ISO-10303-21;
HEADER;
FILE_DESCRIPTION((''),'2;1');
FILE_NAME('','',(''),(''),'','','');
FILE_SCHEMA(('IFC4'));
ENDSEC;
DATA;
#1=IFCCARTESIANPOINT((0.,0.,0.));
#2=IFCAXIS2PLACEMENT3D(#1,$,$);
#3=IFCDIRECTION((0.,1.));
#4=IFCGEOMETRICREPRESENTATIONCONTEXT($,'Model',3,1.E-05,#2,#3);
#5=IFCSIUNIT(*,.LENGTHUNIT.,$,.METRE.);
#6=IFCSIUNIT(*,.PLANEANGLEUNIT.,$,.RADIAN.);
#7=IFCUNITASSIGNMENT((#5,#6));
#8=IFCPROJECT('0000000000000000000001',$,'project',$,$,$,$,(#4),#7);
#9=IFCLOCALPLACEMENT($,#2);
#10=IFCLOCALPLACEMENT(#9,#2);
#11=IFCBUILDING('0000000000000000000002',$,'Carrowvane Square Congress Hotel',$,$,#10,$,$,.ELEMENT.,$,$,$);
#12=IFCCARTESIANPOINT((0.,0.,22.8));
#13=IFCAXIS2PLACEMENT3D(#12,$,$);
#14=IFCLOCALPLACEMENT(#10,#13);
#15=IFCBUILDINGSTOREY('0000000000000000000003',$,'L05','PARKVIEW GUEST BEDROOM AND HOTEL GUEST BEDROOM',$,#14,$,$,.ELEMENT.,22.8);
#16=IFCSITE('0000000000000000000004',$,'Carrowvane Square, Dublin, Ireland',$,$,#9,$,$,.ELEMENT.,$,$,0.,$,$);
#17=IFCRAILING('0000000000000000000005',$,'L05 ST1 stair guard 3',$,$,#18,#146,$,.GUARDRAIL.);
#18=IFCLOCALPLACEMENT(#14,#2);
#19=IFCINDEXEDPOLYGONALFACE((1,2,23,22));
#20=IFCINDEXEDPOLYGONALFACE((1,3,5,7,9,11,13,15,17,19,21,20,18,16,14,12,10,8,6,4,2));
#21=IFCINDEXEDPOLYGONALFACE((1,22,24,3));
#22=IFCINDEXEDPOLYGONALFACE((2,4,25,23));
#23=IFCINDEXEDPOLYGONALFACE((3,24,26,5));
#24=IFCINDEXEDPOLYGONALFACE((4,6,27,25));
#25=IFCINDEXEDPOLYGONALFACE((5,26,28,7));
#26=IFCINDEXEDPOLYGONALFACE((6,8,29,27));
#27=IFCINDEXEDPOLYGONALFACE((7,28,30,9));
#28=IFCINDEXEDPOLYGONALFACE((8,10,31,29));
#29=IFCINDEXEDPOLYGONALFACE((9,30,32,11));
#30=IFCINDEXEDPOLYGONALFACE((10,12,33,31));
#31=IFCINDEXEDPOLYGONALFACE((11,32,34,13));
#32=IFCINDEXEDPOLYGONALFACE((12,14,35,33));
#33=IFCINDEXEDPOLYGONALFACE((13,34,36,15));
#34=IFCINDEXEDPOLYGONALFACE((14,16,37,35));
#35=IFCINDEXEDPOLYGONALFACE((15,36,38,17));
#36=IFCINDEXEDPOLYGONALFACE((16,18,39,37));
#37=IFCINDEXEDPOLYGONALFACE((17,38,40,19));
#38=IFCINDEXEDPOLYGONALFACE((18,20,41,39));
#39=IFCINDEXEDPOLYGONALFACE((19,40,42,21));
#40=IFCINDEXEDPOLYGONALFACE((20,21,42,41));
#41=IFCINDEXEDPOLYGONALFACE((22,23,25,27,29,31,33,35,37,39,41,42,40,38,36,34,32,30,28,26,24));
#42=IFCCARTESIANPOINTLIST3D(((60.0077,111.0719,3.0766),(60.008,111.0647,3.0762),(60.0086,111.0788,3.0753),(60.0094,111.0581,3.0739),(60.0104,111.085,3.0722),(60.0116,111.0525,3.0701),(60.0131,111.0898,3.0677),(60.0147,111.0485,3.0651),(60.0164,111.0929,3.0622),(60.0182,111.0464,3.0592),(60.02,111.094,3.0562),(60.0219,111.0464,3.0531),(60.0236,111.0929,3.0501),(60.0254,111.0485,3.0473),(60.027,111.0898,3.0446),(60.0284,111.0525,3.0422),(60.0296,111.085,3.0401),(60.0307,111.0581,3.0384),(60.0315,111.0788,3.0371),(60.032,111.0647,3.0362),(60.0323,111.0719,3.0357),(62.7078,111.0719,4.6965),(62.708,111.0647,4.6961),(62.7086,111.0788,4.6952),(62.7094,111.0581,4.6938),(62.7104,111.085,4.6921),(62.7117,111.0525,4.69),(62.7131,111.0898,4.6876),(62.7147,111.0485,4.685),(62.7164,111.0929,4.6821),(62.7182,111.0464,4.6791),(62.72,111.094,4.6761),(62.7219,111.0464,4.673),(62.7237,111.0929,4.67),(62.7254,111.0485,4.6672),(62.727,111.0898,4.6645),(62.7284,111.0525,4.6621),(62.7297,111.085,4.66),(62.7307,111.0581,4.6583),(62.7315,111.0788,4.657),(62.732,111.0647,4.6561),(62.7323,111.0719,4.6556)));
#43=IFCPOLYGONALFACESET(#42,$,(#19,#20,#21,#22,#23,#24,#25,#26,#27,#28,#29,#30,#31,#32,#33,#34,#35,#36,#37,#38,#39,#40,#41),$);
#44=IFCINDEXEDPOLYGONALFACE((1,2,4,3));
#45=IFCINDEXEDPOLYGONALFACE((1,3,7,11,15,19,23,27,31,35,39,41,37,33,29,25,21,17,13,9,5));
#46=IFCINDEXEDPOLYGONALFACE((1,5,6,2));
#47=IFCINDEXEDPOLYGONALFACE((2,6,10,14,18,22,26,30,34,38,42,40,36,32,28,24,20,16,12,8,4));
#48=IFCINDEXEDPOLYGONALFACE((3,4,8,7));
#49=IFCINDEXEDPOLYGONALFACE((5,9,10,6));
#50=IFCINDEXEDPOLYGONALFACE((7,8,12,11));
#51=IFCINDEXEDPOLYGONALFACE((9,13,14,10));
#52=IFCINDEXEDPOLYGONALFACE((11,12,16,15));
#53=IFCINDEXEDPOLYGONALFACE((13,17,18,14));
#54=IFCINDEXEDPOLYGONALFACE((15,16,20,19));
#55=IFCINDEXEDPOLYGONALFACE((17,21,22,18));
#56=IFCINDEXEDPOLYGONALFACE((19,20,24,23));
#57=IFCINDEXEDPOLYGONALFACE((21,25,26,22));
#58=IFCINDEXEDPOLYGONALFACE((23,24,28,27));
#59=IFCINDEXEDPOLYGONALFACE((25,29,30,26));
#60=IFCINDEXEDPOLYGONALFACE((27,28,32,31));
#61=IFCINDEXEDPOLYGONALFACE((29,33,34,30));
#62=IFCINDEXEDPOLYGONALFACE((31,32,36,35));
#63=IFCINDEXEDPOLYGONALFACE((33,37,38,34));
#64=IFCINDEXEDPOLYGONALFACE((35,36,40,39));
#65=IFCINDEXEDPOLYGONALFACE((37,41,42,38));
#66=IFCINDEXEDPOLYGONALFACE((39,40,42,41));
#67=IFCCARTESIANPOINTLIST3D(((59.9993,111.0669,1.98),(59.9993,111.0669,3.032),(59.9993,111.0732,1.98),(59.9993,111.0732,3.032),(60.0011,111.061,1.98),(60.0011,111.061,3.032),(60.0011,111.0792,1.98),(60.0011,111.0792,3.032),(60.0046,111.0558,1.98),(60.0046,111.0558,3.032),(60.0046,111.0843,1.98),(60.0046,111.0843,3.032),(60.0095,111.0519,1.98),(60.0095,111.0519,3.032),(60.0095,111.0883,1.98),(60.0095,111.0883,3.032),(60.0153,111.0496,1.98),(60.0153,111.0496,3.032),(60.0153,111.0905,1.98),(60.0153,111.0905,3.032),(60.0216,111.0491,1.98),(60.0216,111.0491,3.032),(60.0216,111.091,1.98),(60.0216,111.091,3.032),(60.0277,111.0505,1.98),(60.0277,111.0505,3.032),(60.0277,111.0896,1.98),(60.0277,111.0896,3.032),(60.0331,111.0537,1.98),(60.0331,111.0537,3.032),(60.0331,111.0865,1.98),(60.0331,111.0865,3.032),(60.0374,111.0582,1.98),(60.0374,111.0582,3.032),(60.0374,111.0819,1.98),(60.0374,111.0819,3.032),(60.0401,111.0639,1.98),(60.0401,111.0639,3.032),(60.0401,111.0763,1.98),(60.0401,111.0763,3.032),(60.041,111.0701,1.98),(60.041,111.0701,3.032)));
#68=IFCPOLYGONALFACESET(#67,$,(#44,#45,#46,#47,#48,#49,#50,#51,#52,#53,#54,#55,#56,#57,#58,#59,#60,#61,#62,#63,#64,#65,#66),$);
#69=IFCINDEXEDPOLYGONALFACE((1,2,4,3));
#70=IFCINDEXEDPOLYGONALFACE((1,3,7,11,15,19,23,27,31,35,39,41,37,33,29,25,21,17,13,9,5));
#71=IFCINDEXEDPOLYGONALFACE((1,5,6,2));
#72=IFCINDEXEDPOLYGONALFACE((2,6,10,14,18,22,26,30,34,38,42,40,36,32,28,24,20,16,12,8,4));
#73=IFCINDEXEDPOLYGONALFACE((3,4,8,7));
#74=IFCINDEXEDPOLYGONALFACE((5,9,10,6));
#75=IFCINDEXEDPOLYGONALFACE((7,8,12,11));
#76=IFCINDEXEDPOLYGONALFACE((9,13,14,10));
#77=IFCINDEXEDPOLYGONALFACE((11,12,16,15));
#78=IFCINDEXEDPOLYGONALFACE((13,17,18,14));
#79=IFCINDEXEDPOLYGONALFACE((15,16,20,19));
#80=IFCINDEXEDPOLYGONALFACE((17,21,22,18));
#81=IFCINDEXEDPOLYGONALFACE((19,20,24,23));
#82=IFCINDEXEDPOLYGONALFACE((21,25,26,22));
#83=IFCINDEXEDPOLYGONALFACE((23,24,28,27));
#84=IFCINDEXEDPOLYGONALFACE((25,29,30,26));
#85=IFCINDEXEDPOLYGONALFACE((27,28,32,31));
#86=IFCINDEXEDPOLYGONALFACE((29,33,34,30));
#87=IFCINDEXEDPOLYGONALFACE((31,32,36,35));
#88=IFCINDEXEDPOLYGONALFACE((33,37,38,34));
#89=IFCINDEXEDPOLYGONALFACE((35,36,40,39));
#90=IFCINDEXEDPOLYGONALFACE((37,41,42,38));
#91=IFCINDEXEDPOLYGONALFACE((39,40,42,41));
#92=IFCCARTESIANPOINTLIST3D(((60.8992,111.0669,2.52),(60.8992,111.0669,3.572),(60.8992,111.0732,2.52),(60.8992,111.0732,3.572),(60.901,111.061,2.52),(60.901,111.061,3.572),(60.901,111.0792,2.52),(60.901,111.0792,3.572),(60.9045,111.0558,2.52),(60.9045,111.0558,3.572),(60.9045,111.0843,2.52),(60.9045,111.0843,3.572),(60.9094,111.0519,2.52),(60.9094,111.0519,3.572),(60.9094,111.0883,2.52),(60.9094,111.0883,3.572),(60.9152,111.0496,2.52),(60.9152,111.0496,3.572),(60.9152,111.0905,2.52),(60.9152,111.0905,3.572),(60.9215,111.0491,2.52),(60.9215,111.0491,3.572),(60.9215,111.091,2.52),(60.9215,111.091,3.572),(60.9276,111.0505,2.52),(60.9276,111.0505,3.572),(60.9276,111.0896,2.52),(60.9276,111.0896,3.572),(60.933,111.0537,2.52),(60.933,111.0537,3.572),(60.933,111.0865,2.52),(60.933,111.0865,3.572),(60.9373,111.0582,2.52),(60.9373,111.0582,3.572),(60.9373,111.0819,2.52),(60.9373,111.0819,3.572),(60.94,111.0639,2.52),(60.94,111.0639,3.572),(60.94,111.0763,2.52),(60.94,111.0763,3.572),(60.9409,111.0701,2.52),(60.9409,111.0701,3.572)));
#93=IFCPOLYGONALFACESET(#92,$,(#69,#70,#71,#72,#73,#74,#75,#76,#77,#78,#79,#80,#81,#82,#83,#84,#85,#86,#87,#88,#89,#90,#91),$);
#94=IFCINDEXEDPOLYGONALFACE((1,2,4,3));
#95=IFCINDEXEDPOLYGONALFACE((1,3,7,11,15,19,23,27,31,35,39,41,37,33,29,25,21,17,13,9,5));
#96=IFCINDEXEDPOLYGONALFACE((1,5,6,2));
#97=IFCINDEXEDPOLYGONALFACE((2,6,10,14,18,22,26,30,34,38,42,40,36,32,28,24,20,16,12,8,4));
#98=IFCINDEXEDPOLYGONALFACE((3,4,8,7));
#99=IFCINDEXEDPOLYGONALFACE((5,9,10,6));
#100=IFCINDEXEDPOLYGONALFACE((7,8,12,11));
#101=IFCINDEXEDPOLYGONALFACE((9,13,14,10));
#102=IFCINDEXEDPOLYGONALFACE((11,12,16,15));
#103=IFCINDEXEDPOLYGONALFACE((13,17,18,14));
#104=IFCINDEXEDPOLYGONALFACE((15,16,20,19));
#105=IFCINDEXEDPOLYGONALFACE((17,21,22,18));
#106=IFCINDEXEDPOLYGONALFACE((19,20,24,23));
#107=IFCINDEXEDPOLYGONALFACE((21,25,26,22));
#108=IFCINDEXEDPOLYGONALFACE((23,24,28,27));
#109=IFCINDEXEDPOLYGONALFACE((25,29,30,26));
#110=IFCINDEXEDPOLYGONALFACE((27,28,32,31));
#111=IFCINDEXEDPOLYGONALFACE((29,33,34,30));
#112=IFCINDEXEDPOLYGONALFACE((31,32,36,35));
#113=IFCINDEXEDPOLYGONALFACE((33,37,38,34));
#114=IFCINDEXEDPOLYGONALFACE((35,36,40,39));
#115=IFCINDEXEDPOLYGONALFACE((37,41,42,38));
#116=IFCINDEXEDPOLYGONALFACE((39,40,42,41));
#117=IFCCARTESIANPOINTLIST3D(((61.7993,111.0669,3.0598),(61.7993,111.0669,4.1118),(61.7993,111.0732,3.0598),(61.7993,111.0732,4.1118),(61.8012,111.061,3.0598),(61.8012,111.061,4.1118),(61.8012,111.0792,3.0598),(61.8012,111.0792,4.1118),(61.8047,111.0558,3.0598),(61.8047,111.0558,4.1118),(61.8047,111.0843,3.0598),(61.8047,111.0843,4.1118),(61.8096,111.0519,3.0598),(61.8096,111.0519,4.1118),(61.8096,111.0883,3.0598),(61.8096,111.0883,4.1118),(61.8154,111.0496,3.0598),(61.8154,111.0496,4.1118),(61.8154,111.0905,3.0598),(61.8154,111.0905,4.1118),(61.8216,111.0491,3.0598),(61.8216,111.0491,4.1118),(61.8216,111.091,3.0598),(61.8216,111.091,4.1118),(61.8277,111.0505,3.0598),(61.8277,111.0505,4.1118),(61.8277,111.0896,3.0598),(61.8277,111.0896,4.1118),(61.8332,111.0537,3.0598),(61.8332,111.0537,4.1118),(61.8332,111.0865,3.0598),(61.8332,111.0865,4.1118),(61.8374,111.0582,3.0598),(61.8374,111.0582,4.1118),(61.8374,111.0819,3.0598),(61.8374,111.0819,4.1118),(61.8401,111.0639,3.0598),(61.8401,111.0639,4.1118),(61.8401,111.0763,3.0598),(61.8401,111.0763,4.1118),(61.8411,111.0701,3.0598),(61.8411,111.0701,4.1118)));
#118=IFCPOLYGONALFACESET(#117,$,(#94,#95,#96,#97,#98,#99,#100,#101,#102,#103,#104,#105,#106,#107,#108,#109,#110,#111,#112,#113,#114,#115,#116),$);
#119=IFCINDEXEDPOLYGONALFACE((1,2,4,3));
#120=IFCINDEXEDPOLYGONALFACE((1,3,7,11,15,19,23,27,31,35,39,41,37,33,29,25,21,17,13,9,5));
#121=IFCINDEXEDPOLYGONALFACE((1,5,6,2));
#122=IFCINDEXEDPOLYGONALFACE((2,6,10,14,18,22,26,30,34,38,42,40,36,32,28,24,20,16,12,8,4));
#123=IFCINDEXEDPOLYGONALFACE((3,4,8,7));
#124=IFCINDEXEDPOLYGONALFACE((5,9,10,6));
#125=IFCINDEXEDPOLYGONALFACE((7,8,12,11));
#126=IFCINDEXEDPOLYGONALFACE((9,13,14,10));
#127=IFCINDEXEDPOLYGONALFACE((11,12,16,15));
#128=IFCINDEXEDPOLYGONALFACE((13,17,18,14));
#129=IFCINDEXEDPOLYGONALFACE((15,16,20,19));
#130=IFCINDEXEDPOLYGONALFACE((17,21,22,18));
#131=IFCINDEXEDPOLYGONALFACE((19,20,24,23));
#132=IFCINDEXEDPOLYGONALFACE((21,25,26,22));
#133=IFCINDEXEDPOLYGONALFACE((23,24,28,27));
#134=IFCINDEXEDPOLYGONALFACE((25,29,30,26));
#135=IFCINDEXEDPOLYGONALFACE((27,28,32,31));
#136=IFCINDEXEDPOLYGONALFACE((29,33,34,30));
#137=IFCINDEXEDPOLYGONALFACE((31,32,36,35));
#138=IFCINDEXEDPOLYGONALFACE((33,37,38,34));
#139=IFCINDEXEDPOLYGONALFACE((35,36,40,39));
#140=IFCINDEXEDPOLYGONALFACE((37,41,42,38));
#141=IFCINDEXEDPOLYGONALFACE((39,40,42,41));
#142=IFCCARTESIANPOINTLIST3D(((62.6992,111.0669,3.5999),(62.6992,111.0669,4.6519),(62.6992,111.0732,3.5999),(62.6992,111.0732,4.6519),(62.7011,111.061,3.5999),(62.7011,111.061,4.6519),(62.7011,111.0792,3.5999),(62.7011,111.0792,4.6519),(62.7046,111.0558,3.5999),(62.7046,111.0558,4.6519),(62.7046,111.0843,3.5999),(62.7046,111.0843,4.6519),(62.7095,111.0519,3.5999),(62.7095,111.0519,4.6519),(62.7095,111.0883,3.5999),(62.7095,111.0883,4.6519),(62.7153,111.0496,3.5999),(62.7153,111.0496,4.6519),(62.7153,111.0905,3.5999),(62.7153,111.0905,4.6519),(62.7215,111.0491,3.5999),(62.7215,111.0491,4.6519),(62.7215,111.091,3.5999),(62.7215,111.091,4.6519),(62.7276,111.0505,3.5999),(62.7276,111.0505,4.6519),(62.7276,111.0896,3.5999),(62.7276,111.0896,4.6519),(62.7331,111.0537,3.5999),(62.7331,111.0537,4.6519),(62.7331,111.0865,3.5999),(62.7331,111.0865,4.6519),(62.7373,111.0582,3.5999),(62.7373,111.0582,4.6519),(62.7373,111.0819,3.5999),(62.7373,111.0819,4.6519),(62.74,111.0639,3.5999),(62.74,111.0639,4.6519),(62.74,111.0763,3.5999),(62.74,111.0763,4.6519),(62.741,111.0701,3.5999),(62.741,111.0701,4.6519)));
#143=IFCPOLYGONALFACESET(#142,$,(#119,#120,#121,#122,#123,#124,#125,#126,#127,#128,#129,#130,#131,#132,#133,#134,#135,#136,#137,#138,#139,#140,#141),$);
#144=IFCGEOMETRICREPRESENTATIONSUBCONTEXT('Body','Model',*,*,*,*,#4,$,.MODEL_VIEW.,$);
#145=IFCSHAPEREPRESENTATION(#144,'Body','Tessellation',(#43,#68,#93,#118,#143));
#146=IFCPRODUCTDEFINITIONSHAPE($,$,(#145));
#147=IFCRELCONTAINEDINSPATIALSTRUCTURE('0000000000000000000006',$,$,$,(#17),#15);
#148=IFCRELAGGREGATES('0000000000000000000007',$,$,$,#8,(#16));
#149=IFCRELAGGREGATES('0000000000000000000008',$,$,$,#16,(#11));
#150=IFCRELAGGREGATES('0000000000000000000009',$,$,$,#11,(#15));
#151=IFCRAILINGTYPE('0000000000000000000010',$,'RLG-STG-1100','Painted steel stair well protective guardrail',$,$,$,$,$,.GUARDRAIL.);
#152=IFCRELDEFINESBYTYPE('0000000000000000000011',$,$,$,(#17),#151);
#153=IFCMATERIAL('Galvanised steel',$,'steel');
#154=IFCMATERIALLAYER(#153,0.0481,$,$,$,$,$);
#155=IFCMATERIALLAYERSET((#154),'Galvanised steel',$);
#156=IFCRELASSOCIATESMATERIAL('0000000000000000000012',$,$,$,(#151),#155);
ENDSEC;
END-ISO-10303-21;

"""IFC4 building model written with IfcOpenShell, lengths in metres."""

from ifc_helpers import new_model, si_unit, direction, frame, origin, origin_2d, place, context, subcontext, project, spatial, circle, extrude, material, layer, layer_set, type_object, element, save


model = new_model("IFC4")

# Units and contexts
model_context = context("Model", 3, precision=1e-05, world=origin(), true_north=direction((0.0, 1.0)))
body_context = subcontext(model_context, "Body", "Model", "MODEL_VIEW")
ifc_project = project(units=[si_unit("LENGTHUNIT", "METRE"), si_unit("PLANEANGLEUNIT", "RADIAN")], contexts=[model_context])

# Site, building, storey
site_placement = place(None, origin())
site = spatial("IfcSite", under=ifc_project, at=site_placement, Name="Carrowvane Square, Dublin, Ireland", CompositionType="ELEMENT", RefElevation=0.0)
building_placement = place(site_placement, origin())
building = spatial("IfcBuilding", under=site, at=building_placement, Name="Carrowvane Square Congress Hotel", CompositionType="ELEMENT")
storey_placement = place(building_placement, frame((0.0, 0.0, 22.8)))
storey = spatial("IfcBuildingStorey", under=building, at=storey_placement, Name="L05", Description="PARKVIEW GUEST BEDROOM AND HOTEL GUEST BEDROOM", CompositionType="ELEMENT", Elevation=22.8)

# Railing
ifc_material_1 = material(Name="Galvanised steel", Category="steel")
ifc_layer_1 = layer(ifc_material_1, 0.0481)
ifc_layer_set_1 = layer_set([ifc_layer_1], Name="Galvanised steel")
railing_type_1 = type_object("IfcRailingType", Name="RLG-STG-1100", Description="Painted steel stair well protective guardrail", PredefinedType="GUARDRAIL", material=ifc_layer_set_1)
railing_1_placement = place(storey_placement, frame((60.02, 111.0701, 1.98)))
element("IfcRailing", 1, at=railing_1_placement, inside=storey, type_object=railing_type_1, Name="L05 ST1 stair guard 3", PredefinedType="GUARDRAIL", context=body_context, shape_type="SweptSolid", body=[
    extrude(circle(Radius=0.0239, at=origin_2d()), frame((0.0, 0.0, 1.0762), z_axis=(0.857507, 0.0, 0.514473), x_axis=(0.0, 1.0, 0.0)), (0.0, 0.0, 1.0), 3.1487),
    extrude(circle(Radius=0.021, at=origin_2d()), origin(), (0.0, 0.0, 1.0), 1.052),
    extrude(circle(Radius=0.021, at=origin_2d()), frame((0.8999, 0.0, 0.54)), (0.0, 0.0, 1.0), 1.052),
    extrude(circle(Radius=0.021, at=origin_2d()), frame((1.8, 0.0, 1.0798)), (0.0, 0.0, 1.0), 1.052),
    extrude(circle(Radius=0.021, at=origin_2d()), frame((2.7, 0.0, 1.6199)), (0.0, 0.0, 1.0), 1.052),
])

save(model, "model.ifc")
